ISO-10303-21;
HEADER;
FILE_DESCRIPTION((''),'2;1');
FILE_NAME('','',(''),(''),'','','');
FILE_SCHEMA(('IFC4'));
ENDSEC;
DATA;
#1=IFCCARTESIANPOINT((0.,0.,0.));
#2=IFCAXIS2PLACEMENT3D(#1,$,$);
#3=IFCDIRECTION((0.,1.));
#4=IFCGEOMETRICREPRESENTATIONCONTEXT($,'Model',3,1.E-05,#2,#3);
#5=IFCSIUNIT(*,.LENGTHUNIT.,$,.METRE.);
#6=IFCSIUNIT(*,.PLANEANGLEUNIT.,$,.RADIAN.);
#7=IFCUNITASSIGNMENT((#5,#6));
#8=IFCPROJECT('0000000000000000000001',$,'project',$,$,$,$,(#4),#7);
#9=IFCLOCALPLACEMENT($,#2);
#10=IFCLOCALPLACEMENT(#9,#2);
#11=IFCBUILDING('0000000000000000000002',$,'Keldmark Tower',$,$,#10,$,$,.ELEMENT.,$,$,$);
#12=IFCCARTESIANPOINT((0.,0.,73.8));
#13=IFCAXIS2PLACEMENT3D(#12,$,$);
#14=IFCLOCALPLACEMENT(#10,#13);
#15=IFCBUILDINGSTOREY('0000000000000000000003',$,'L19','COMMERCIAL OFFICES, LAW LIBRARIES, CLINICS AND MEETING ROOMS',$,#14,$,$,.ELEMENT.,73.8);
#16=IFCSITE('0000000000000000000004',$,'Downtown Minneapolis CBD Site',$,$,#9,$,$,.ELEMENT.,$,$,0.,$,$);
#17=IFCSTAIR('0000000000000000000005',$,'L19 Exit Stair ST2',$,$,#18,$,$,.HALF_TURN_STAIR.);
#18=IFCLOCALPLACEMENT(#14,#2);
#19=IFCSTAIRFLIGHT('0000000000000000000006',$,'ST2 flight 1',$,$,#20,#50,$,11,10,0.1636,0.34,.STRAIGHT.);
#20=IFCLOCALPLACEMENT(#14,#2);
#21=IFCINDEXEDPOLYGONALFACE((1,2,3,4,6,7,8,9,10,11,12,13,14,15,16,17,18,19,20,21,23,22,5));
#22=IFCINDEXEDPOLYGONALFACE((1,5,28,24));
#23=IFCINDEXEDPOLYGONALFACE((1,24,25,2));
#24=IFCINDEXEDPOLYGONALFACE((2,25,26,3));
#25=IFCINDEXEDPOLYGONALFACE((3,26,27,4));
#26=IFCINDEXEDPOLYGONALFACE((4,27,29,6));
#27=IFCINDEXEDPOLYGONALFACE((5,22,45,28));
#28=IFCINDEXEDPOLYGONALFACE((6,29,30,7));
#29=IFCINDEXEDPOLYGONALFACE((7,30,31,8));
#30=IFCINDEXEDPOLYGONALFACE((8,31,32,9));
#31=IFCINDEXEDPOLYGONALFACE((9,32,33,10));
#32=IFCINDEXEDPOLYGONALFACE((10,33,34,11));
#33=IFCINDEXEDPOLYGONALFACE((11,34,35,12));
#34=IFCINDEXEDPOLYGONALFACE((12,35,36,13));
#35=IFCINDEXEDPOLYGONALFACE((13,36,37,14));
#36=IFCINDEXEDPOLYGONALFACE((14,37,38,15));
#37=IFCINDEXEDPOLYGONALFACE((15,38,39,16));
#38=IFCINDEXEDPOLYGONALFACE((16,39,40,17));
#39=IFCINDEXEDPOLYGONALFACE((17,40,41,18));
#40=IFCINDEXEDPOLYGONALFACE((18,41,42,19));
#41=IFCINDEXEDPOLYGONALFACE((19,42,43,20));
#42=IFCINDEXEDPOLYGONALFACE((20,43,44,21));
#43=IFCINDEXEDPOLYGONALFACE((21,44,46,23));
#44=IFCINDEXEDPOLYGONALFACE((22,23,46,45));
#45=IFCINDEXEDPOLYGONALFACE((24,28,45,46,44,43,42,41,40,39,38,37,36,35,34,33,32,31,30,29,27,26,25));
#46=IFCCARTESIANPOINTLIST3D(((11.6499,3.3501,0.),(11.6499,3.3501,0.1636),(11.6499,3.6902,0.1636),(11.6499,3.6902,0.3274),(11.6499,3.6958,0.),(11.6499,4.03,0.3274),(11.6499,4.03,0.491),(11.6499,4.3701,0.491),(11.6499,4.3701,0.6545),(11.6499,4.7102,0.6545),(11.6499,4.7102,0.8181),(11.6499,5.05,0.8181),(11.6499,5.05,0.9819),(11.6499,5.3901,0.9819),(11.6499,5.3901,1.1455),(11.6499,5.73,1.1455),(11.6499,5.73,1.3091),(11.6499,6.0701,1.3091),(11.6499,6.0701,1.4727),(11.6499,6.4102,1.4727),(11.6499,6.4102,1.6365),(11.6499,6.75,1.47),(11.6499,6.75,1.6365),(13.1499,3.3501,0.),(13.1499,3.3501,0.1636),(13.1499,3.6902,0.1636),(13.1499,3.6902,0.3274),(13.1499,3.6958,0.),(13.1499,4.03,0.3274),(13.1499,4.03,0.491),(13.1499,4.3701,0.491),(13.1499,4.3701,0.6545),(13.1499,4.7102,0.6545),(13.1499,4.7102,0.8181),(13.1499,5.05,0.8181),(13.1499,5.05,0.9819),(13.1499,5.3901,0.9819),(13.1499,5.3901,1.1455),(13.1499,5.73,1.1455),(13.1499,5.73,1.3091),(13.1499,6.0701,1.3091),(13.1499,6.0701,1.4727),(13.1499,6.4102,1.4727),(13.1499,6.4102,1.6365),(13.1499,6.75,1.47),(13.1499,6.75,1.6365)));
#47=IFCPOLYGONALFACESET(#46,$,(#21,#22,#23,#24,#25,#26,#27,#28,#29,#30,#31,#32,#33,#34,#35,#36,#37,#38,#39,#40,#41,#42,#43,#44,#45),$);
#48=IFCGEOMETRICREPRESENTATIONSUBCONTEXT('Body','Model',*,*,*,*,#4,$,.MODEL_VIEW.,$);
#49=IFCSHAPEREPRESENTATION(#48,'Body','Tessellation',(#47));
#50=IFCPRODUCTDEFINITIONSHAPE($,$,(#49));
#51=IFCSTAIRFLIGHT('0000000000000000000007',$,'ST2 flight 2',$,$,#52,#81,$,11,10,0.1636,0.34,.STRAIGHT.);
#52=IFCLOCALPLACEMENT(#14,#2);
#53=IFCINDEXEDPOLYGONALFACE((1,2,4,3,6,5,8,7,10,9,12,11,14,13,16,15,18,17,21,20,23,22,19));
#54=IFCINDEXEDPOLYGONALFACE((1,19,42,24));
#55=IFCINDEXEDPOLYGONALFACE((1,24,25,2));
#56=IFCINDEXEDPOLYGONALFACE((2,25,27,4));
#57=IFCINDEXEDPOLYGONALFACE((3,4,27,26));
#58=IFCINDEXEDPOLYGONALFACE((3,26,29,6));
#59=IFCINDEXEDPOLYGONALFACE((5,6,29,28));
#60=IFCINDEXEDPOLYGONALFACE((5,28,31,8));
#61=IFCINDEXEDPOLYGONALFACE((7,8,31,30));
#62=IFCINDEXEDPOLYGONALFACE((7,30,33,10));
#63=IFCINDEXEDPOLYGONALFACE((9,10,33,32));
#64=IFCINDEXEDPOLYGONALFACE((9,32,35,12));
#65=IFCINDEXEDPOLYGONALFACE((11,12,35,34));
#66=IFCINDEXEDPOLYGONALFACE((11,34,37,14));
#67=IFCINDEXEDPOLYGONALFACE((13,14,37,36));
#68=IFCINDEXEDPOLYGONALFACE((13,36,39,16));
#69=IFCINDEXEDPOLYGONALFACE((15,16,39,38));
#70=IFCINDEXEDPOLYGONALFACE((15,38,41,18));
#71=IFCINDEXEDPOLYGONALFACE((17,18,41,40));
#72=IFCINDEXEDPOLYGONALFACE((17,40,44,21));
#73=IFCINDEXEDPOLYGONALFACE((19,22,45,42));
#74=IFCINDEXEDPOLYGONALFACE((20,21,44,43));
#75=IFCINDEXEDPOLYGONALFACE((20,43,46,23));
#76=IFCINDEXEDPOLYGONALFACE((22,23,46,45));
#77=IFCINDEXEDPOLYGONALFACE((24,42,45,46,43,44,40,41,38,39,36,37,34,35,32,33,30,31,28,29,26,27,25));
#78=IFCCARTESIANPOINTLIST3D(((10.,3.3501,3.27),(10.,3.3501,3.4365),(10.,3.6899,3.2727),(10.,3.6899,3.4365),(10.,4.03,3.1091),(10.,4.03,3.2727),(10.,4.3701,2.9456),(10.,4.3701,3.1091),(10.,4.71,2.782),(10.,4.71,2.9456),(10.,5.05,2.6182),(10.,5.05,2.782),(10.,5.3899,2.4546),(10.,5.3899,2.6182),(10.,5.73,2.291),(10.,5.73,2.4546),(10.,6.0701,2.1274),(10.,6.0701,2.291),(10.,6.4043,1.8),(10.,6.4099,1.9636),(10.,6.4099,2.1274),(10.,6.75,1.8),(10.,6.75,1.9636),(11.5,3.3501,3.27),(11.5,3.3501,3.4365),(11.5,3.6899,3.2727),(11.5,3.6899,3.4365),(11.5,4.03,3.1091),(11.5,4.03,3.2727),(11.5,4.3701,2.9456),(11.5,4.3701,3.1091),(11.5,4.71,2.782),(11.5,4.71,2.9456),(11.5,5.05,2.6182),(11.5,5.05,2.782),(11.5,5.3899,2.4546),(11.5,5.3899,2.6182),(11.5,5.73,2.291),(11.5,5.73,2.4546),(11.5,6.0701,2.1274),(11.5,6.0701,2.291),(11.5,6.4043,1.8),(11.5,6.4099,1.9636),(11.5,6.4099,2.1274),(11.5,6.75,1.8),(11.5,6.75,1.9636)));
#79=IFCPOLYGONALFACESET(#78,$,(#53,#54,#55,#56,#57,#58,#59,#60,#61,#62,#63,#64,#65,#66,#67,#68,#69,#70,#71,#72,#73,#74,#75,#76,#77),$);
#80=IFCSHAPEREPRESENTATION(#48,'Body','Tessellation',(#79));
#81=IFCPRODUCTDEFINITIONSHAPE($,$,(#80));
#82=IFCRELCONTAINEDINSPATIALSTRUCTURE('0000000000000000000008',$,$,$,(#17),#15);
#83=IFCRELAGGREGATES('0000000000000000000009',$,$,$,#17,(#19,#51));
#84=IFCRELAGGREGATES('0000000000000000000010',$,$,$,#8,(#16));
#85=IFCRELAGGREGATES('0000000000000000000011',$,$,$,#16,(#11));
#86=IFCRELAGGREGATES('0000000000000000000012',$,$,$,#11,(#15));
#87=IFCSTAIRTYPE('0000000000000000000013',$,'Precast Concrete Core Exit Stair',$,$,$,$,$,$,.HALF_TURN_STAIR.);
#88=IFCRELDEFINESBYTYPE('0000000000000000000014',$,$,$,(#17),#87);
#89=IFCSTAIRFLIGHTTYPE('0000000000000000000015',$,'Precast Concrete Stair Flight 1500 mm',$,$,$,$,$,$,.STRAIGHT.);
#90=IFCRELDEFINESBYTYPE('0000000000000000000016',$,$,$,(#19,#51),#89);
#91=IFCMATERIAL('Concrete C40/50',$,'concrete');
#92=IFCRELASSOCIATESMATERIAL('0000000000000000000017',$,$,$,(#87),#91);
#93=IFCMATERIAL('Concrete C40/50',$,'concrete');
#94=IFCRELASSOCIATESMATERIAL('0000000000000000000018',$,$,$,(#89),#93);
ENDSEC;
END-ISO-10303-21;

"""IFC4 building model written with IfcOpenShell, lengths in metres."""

from ifc_helpers import new_model, si_unit, direction, frame, origin, place, context, subcontext, project, spatial, polyline, outline, extrude, material, type_object, element, aggregate, save


model = new_model("IFC4")

# Units and contexts
model_context = context("Model", 3, precision=1e-05, world=origin(), true_north=direction((0.0, 1.0)))
body_context = subcontext(model_context, "Body", "Model", "MODEL_VIEW")
ifc_project = project(units=[si_unit("LENGTHUNIT", "METRE"), si_unit("PLANEANGLEUNIT", "RADIAN")], contexts=[model_context])

# Site, building, storey
site_placement = place(None, origin())
site = spatial("IfcSite", under=ifc_project, at=site_placement, Name="Downtown Minneapolis CBD Site", CompositionType="ELEMENT", RefElevation=0.0)
building_placement = place(site_placement, origin())
building = spatial("IfcBuilding", under=site, at=building_placement, Name="Keldmark Tower", CompositionType="ELEMENT")
storey_placement = place(building_placement, frame((0.0, 0.0, 73.8)))
storey = spatial("IfcBuildingStorey", under=building, at=storey_placement, Name="L19", Description="COMMERCIAL OFFICES, LAW LIBRARIES, CLINICS AND MEETING ROOMS", CompositionType="ELEMENT", Elevation=73.8)

# Stair, stair flights
ifc_material_1 = material(Name="Concrete C40/50", Category="concrete")
stair_type = type_object("IfcStairType", Name="Precast Concrete Core Exit Stair", PredefinedType="HALF_TURN_STAIR", material=ifc_material_1)
stair_placement = place(storey_placement, origin())
stair = element("IfcStair", 1, at=stair_placement, inside=storey, type_object=stair_type, Name="L19 Exit Stair ST2", PredefinedType="HALF_TURN_STAIR")
ifc_material_2 = material(Name="Concrete C40/50", Category="concrete")
stair_flight_type = type_object("IfcStairFlightType", Name="Precast Concrete Stair Flight 1500 mm", PredefinedType="STRAIGHT", material=ifc_material_2)
stair_flight_1_placement = place(storey_placement, frame((12.3999, 3.3501, 0.0), z_axis=(0.0, 0.0, 1.0), x_axis=(0.0, 1.0, 0.0)))
stair_flight_1 = element("IfcStairFlight", 2, at=stair_flight_1_placement, type_object=stair_flight_type, Name="ST2 flight 1", NumberOfRisers=11, NumberOfTreads=10, PredefinedType="STRAIGHT", RiserHeight=0.1636, TreadLength=0.34, context=body_context, shape_type="SweptSolid", body=[
    extrude(outline(polyline([(0.0, 0.0), (0.0, 0.1636), (0.3401, 0.1636), (0.3401, 0.3274), (0.6799, 0.3274), (0.6799, 0.491), (1.02, 0.491), (1.02, 0.6545), (1.3601, 0.6545), (1.3601, 0.8181), (1.7, 0.8181), (1.7, 0.9819), (2.04, 0.9819), (2.04, 1.1455), (2.3799, 1.1455), (2.3799, 1.3091), (2.72, 1.3091), (2.72, 1.4727), (3.0601, 1.4727), (3.0601, 1.6365), (3.3999, 1.6365), (3.3999, 1.8), (3.3999, 1.47), (0.3457, 0.0), (0.0, 0.0)])), frame((0.0, 0.75, 0.0), z_axis=(0.0, -1.0, 0.0), x_axis=(1.0, 0.0, 0.0)), (0.0, 0.0, 1.0), 1.5),
])
stair_flight_2_placement = place(storey_placement, frame((10.75, 6.75, 1.8), z_axis=(0.0, 0.0, 1.0), x_axis=(0.0, -1.0, 0.0)))
stair_flight_2 = element("IfcStairFlight", 3, at=stair_flight_2_placement, type_object=stair_flight_type, Name="ST2 flight 2", NumberOfRisers=11, NumberOfTreads=10, PredefinedType="STRAIGHT", RiserHeight=0.1636, TreadLength=0.34, context=body_context, shape_type="SweptSolid", body=[
    extrude(outline(polyline([(0.0, 0.0), (0.0, 0.1636), (0.3401, 0.1636), (0.3401, 0.3274), (0.6799, 0.3274), (0.6799, 0.491), (1.02, 0.491), (1.02, 0.6545), (1.3601, 0.6545), (1.3601, 0.8181), (1.7, 0.8181), (1.7, 0.9819), (2.04, 0.9819), (2.04, 1.1455), (2.3799, 1.1455), (2.3799, 1.3091), (2.72, 1.3091), (2.72, 1.4727), (3.0601, 1.4727), (3.0601, 1.6365), (3.3999, 1.6365), (3.3999, 1.8), (3.3999, 1.47), (0.3457, 0.0), (0.0, 0.0)])), frame((0.0, 0.75, 0.0), z_axis=(0.0, -1.0, 0.0), x_axis=(1.0, 0.0, 0.0)), (0.0, 0.0, 1.0), 1.5),
])
aggregate(stair, [stair_flight_1, stair_flight_2])

save(model, "model.ifc")
